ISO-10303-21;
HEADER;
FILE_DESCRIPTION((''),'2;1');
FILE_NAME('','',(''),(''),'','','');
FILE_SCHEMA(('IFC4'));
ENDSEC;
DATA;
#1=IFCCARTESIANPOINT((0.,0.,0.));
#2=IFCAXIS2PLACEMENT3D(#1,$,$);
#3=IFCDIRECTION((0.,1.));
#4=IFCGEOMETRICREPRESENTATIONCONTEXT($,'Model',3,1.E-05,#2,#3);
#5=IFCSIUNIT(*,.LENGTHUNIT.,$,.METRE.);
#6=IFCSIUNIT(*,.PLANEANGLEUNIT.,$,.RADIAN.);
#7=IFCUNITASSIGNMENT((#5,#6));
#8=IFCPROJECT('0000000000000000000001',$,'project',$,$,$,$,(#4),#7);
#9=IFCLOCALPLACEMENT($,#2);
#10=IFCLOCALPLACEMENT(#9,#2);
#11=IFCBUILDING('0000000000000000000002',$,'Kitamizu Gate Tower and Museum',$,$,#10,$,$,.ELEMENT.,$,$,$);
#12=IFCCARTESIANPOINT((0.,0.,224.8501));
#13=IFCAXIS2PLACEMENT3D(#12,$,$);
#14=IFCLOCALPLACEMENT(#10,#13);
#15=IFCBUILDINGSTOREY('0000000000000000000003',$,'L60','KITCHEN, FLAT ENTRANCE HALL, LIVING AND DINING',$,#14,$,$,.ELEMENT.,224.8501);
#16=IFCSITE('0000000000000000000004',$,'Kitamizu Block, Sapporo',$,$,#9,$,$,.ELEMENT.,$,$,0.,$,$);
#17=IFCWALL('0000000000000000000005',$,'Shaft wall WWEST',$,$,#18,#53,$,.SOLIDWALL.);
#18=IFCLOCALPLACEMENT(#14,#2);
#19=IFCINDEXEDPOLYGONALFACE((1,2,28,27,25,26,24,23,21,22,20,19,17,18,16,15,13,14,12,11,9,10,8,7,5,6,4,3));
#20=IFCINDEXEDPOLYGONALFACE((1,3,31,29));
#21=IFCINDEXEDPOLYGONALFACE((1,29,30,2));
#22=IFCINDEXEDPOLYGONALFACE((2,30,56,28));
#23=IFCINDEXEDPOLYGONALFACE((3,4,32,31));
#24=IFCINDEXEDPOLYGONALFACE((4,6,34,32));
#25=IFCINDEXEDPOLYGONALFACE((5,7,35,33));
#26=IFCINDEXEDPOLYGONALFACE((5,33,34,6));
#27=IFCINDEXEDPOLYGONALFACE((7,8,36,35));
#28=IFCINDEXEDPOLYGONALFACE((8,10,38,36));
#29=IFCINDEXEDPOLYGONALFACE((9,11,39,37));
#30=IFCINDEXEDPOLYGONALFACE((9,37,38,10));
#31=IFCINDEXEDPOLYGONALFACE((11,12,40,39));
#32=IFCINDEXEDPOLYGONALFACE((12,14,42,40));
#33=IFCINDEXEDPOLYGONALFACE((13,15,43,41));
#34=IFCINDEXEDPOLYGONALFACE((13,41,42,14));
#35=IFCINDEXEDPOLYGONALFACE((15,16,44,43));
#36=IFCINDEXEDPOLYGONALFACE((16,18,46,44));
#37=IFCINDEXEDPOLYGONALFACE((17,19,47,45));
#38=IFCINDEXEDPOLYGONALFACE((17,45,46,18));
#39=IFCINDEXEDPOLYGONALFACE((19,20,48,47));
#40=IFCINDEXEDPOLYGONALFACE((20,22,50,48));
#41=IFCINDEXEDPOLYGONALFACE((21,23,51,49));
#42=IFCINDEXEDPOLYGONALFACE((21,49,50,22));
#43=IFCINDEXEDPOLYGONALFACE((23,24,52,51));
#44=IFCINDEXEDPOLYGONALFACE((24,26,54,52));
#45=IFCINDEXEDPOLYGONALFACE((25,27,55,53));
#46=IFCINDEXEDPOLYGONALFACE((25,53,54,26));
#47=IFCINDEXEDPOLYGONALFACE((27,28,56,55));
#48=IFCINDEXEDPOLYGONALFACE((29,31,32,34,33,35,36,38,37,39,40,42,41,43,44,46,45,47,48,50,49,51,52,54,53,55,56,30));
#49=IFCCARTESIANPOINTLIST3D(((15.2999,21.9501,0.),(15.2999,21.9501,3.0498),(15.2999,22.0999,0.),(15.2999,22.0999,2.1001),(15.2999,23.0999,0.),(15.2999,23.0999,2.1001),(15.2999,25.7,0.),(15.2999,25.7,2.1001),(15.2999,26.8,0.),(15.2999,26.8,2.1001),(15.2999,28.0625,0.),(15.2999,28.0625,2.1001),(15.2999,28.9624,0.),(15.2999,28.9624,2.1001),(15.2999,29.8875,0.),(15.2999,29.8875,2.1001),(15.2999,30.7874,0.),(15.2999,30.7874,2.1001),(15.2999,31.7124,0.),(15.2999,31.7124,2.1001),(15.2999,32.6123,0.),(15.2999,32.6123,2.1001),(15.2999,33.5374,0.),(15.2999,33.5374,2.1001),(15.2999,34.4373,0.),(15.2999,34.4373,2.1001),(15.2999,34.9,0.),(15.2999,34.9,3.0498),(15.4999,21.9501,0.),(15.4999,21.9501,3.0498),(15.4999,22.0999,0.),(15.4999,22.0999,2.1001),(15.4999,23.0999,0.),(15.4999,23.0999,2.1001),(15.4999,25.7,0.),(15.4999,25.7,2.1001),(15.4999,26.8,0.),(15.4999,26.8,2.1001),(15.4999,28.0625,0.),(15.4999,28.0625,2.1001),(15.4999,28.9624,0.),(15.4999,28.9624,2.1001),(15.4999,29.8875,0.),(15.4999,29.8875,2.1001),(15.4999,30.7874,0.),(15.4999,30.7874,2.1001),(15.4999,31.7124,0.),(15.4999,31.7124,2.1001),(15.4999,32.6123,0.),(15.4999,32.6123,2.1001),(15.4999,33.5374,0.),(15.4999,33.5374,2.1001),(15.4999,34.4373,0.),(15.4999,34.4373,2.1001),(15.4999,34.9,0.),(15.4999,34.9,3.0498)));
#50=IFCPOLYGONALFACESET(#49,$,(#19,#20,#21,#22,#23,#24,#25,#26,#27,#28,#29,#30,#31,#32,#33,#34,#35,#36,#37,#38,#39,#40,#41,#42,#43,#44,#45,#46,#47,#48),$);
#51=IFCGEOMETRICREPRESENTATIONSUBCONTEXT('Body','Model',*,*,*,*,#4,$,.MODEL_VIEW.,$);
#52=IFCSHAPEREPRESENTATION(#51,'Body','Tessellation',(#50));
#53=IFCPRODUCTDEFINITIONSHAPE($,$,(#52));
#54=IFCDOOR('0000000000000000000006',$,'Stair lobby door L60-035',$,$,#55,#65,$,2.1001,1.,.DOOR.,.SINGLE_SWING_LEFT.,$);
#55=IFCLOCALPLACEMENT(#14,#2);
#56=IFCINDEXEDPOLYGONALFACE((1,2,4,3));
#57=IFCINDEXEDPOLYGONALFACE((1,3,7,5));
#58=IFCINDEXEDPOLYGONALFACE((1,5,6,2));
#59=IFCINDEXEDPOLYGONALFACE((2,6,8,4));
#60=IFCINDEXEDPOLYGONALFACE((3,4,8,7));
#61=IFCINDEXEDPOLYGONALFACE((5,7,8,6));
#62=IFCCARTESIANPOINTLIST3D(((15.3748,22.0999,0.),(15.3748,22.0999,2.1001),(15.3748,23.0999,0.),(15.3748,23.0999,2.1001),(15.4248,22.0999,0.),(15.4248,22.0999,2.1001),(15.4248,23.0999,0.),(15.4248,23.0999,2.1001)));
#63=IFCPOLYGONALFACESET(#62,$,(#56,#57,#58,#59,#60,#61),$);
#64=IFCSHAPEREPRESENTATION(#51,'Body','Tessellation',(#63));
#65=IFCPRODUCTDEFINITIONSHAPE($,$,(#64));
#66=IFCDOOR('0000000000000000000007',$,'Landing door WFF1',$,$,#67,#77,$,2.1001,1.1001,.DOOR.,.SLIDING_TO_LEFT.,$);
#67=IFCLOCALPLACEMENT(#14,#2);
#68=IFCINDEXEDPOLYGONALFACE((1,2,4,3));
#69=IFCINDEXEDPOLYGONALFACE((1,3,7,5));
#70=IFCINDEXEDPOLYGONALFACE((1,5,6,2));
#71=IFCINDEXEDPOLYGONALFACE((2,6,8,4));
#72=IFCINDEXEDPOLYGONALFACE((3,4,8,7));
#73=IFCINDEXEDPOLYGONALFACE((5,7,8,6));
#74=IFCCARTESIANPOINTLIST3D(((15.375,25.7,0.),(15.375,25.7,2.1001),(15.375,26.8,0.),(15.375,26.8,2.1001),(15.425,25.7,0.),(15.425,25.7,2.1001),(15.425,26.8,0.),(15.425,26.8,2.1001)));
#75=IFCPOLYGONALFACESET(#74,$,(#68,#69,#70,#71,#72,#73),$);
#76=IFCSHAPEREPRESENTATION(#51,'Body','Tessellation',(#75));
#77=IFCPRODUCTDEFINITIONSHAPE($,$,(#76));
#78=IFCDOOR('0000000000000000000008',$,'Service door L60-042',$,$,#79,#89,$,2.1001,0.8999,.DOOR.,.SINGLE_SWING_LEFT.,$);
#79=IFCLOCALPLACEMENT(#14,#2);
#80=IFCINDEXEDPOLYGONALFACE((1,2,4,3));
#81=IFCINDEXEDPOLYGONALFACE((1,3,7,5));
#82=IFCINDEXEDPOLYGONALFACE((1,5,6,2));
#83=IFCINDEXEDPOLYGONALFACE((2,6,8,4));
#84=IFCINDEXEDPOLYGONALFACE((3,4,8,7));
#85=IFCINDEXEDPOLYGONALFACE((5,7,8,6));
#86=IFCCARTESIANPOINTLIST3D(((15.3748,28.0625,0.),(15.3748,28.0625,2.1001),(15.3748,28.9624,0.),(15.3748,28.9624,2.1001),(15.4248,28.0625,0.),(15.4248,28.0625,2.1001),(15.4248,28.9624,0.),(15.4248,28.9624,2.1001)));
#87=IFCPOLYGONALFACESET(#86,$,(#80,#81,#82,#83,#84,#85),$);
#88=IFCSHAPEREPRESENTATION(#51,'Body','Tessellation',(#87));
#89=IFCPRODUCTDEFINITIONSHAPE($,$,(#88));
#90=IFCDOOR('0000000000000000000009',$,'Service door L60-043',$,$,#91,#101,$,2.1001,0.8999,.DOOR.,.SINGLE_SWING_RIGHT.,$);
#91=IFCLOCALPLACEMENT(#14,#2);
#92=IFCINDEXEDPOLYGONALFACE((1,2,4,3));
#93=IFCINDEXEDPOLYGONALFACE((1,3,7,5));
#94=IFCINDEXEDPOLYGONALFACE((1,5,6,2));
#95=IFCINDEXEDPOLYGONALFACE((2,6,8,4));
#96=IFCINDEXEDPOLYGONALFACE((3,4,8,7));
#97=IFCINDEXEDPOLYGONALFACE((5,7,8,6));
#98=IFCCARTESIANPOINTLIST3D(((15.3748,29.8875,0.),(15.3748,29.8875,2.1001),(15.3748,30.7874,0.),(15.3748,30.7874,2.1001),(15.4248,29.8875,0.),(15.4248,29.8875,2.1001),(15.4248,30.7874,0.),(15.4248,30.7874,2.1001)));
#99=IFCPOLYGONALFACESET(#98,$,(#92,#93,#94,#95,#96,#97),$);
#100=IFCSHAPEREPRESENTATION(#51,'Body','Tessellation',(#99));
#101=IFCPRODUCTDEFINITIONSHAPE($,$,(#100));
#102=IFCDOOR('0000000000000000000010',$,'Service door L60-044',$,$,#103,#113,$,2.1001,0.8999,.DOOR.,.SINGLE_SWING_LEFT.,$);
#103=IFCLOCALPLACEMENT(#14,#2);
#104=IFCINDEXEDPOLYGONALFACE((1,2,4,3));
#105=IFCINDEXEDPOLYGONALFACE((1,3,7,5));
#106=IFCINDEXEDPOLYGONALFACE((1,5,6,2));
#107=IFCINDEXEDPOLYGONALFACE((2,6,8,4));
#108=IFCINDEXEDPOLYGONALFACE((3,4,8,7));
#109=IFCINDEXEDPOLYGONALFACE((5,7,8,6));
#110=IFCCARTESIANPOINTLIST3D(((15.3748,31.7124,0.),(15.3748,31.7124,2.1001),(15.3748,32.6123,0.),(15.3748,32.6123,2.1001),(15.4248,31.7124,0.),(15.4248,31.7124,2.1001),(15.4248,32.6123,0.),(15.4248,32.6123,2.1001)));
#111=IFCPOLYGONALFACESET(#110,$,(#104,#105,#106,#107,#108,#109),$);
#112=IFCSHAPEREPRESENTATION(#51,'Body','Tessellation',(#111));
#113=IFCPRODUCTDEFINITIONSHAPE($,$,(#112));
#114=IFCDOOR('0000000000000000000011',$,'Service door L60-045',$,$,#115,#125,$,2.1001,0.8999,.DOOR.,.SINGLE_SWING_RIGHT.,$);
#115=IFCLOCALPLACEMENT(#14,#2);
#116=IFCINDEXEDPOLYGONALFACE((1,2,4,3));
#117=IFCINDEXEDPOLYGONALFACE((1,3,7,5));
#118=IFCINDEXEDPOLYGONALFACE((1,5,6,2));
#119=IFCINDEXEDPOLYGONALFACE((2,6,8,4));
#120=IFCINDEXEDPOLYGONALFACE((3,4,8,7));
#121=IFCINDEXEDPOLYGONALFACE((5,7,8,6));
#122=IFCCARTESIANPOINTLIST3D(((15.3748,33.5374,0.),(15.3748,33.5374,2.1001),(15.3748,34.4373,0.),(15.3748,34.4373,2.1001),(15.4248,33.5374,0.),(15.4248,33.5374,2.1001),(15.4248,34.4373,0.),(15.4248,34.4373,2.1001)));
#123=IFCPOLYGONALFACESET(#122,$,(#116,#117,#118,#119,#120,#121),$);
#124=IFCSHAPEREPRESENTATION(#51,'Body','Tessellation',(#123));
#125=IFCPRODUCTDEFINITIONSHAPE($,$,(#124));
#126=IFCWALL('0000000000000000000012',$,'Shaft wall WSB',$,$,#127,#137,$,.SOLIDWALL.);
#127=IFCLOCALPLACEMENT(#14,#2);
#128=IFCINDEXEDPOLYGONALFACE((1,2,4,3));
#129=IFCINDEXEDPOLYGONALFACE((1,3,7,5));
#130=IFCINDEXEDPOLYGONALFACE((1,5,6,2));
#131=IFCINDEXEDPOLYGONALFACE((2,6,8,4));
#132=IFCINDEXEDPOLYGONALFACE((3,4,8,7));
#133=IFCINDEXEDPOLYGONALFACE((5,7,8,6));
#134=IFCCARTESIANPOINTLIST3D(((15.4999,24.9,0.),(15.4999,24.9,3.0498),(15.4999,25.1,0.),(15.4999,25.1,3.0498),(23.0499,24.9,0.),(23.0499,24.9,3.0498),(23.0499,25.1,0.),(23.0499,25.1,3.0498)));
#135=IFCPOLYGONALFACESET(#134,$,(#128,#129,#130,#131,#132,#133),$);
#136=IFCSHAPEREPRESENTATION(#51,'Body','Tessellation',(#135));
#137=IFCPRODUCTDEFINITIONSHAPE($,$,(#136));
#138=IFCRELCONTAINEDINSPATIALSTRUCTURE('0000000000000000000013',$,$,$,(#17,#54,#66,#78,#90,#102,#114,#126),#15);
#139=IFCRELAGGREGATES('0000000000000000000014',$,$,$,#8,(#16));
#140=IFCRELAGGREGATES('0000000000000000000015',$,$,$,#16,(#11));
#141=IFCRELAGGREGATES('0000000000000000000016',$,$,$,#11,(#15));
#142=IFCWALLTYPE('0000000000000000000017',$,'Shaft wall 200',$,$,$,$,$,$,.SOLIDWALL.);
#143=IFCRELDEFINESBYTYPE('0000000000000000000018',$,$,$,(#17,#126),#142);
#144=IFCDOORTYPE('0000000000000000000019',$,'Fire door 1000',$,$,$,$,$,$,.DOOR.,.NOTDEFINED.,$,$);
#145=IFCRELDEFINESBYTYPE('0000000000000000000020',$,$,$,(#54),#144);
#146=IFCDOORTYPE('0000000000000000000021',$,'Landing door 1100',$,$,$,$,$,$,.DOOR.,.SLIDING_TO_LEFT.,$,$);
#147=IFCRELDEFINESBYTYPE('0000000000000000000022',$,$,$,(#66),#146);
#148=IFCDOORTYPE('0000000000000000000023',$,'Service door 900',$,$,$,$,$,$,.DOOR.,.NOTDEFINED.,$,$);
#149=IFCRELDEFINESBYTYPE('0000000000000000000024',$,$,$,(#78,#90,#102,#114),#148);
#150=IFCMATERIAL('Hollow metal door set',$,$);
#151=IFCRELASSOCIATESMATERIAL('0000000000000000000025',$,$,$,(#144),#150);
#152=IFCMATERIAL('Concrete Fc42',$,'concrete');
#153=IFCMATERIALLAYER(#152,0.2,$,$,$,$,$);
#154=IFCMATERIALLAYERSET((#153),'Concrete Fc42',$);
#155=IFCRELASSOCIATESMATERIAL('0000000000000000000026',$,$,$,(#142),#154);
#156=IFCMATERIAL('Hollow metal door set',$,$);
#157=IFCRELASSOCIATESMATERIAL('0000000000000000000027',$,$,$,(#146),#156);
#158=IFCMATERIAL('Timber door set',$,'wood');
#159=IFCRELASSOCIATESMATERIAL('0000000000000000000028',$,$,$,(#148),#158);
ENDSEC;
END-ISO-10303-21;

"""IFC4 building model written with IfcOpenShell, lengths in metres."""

from ifc_helpers import new_model, si_unit, direction, frame, frame_2d, origin, place, context, subcontext, project, spatial, rectangle, extrude, material, layer, layer_set, type_object, element, fill, save


model = new_model("IFC4")

# Units and contexts
model_context = context("Model", 3, precision=1e-05, world=origin(), true_north=direction((0.0, 1.0)))
body_context = subcontext(model_context, "Body", "Model", "MODEL_VIEW")
ifc_project = project(units=[si_unit("LENGTHUNIT", "METRE"), si_unit("PLANEANGLEUNIT", "RADIAN")], contexts=[model_context])

# Site, building, storey
site_placement = place(None, origin())
site = spatial("IfcSite", under=ifc_project, at=site_placement, Name="Kitamizu Block, Sapporo", CompositionType="ELEMENT", RefElevation=0.0)
building_placement = place(site_placement, origin())
building = spatial("IfcBuilding", under=site, at=building_placement, Name="Kitamizu Gate Tower and Museum", CompositionType="ELEMENT")
storey_placement = place(building_placement, frame((0.0, 0.0, 224.8501)))
storey = spatial("IfcBuildingStorey", under=building, at=storey_placement, Name="L60", Description="KITCHEN, FLAT ENTRANCE HALL, LIVING AND DINING", CompositionType="ELEMENT", Elevation=224.8501)

# Shared definitions
ifc_material_1 = material(Name="Hollow metal door set")
door_type_1 = type_object("IfcDoorType", Name="Fire door 1000", OperationType="NOTDEFINED", PredefinedType="DOOR", material=ifc_material_1)

# Wall, openings, doors
ifc_material_2 = material(Name="Concrete Fc42", Category="concrete")
ifc_layer_1 = layer(ifc_material_2, 0.2)
ifc_layer_set_1 = layer_set([ifc_layer_1], Name="Concrete Fc42")
wall_type_1 = type_object("IfcWallType", Name="Shaft wall 200", PredefinedType="SOLIDWALL", material=ifc_layer_set_1)
wall_1_placement = place(storey_placement, frame((15.3999, 21.95, 0.0), z_axis=(0.0, 0.0, 1.0), x_axis=(0.0, 1.0, 0.0)))
wall_1 = element("IfcWall", 1, at=wall_1_placement, inside=storey, type_object=wall_type_1, Name="Shaft wall WWEST", PredefinedType="SOLIDWALL", context=body_context, shape_type="SweptSolid", body=[
    extrude(rectangle(XDim=12.95, YDim=0.2, at=frame_2d((6.4751, 0.0))), origin(), (0.0, 0.0, 1.0), 3.0498),
])
opening_1_placement = place(wall_1_placement, frame((3.75, 0.0, 0.0)))
opening_1 = element("IfcOpeningElement", 2, at=opening_1_placement, cuts=wall_1, PredefinedType="OPENING", context=body_context, shape_type="SweptSolid", body=[
    extrude(rectangle(XDim=1.1001, YDim=2.1001, at=frame_2d((0.55, 1.05))), frame((0.0, 0.1099, 0.0), z_axis=(0.0, -1.0, 0.0), x_axis=(1.0, 0.0, 0.0)), (0.0, 0.0, 1.0), 0.22),
])
opening_2_placement = place(wall_1_placement, frame((0.1499, 0.0, 0.0)))
opening_2 = element("IfcOpeningElement", 3, at=opening_2_placement, cuts=wall_1, PredefinedType="OPENING", context=body_context, shape_type="SweptSolid", body=[
    extrude(rectangle(XDim=1.0, YDim=2.1001, at=frame_2d((0.5, 1.05))), frame((0.0, 0.1099, 0.0), z_axis=(0.0, -1.0, 0.0), x_axis=(1.0, 0.0, 0.0)), (0.0, 0.0, 1.0), 0.22),
])
opening_3_placement = place(wall_1_placement, frame((6.1125, 0.0, 0.0)))
opening_3 = element("IfcOpeningElement", 4, at=opening_3_placement, cuts=wall_1, PredefinedType="OPENING", context=body_context, shape_type="SweptSolid", body=[
    extrude(rectangle(XDim=0.8999, YDim=2.1001, at=frame_2d((0.45, 1.05))), frame((0.0, 0.1099, 0.0), z_axis=(0.0, -1.0, 0.0), x_axis=(1.0, 0.0, 0.0)), (0.0, 0.0, 1.0), 0.22),
])
opening_4_placement = place(wall_1_placement, frame((7.9375, 0.0, 0.0)))
opening_4 = element("IfcOpeningElement", 5, at=opening_4_placement, cuts=wall_1, PredefinedType="OPENING", context=body_context, shape_type="SweptSolid", body=[
    extrude(rectangle(XDim=0.8999, YDim=2.1001, at=frame_2d((0.45, 1.05))), frame((0.0, 0.1099, 0.0), z_axis=(0.0, -1.0, 0.0), x_axis=(1.0, 0.0, 0.0)), (0.0, 0.0, 1.0), 0.22),
])
opening_5_placement = place(wall_1_placement, frame((9.7625, 0.0, 0.0)))
opening_5 = element("IfcOpeningElement", 6, at=opening_5_placement, cuts=wall_1, PredefinedType="OPENING", context=body_context, shape_type="SweptSolid", body=[
    extrude(rectangle(XDim=0.8999, YDim=2.1001, at=frame_2d((0.45, 1.05))), frame((0.0, 0.1099, 0.0), z_axis=(0.0, -1.0, 0.0), x_axis=(1.0, 0.0, 0.0)), (0.0, 0.0, 1.0), 0.22),
])
opening_6_placement = place(wall_1_placement, frame((11.5874, 0.0, 0.0)))
opening_6 = element("IfcOpeningElement", 7, at=opening_6_placement, cuts=wall_1, PredefinedType="OPENING", context=body_context, shape_type="SweptSolid", body=[
    extrude(rectangle(XDim=0.8999, YDim=2.1001, at=frame_2d((0.45, 1.05))), frame((0.0, 0.1099, 0.0), z_axis=(0.0, -1.0, 0.0), x_axis=(1.0, 0.0, 0.0)), (0.0, 0.0, 1.0), 0.22),
])
door_1_placement = place(opening_2_placement, frame((1.0, 0.0, 0.0), x_axis=(-1.0, 0.0, 0.0)))
door_1 = element("IfcDoor", 8, at=door_1_placement, inside=storey, type_object=door_type_1, Name="Stair lobby door L60-035", OperationType="SINGLE_SWING_LEFT", OverallHeight=2.1001, OverallWidth=1.0, PredefinedType="DOOR", context=body_context, shape_type="SweptSolid", body=[
    extrude(rectangle(XDim=1.0, YDim=2.1001, at=frame_2d((0.5, 1.05))), frame((0.0, 0.0249, 0.0), z_axis=(0.0, -1.0, 0.0), x_axis=(1.0, 0.0, 0.0)), (0.0, 0.0, 1.0), 0.05),
])
fill(opening_2, door_1)
ifc_material_3 = material(Name="Hollow metal door set")
door_type_2 = type_object("IfcDoorType", Name="Landing door 1100", OperationType="SLIDING_TO_LEFT", PredefinedType="DOOR", material=ifc_material_3)
door_2_placement = place(opening_1_placement, origin())
door_2 = element("IfcDoor", 9, at=door_2_placement, inside=storey, type_object=door_type_2, Name="Landing door WFF1", OperationType="SLIDING_TO_LEFT", OverallHeight=2.1001, OverallWidth=1.1001, PredefinedType="DOOR", context=body_context, shape_type="SweptSolid", body=[
    extrude(rectangle(XDim=1.1001, YDim=2.1001, at=frame_2d((0.55, 1.05))), frame((0.0, 0.0249, 0.0), z_axis=(0.0, -1.0, 0.0), x_axis=(1.0, 0.0, 0.0)), (0.0, 0.0, 1.0), 0.05),
])
fill(opening_1, door_2)
ifc_material_4 = material(Name="Timber door set", Category="wood")
door_type_3 = type_object("IfcDoorType", Name="Service door 900", OperationType="NOTDEFINED", PredefinedType="DOOR", material=ifc_material_4)
door_3_placement = place(opening_3_placement, frame((0.8999, 0.0, 0.0), x_axis=(-1.0, 0.0, 0.0)))
door_3 = element("IfcDoor", 10, at=door_3_placement, inside=storey, type_object=door_type_3, Name="Service door L60-042", OperationType="SINGLE_SWING_LEFT", OverallHeight=2.1001, OverallWidth=0.8999, PredefinedType="DOOR", context=body_context, shape_type="SweptSolid", body=[
    extrude(rectangle(XDim=0.8999, YDim=2.1001, at=frame_2d((0.45, 1.05))), frame((0.0, 0.0249, 0.0), z_axis=(0.0, -1.0, 0.0), x_axis=(1.0, 0.0, 0.0)), (0.0, 0.0, 1.0), 0.05),
])
fill(opening_3, door_3)
door_4_placement = place(opening_4_placement, frame((0.8999, 0.0, 0.0), x_axis=(-1.0, 0.0, 0.0)))
door_4 = element("IfcDoor", 11, at=door_4_placement, inside=storey, type_object=door_type_3, Name="Service door L60-043", OperationType="SINGLE_SWING_RIGHT", OverallHeight=2.1001, OverallWidth=0.8999, PredefinedType="DOOR", context=body_context, shape_type="SweptSolid", body=[
    extrude(rectangle(XDim=0.8999, YDim=2.1001, at=frame_2d((0.45, 1.05))), frame((0.0, 0.0249, 0.0), z_axis=(0.0, -1.0, 0.0), x_axis=(1.0, 0.0, 0.0)), (0.0, 0.0, 1.0), 0.05),
])
fill(opening_4, door_4)
door_5_placement = place(opening_5_placement, frame((0.8999, 0.0, 0.0), x_axis=(-1.0, 0.0, 0.0)))
door_5 = element("IfcDoor", 12, at=door_5_placement, inside=storey, type_object=door_type_3, Name="Service door L60-044", OperationType="SINGLE_SWING_LEFT", OverallHeight=2.1001, OverallWidth=0.8999, PredefinedType="DOOR", context=body_context, shape_type="SweptSolid", body=[
    extrude(rectangle(XDim=0.8999, YDim=2.1001, at=frame_2d((0.45, 1.05))), frame((0.0, 0.0249, 0.0), z_axis=(0.0, -1.0, 0.0), x_axis=(1.0, 0.0, 0.0)), (0.0, 0.0, 1.0), 0.05),
])
fill(opening_5, door_5)
door_6_placement = place(opening_6_placement, frame((0.8999, 0.0, 0.0), x_axis=(-1.0, 0.0, 0.0)))
door_6 = element("IfcDoor", 13, at=door_6_placement, inside=storey, type_object=door_type_3, Name="Service door L60-045", OperationType="SINGLE_SWING_RIGHT", OverallHeight=2.1001, OverallWidth=0.8999, PredefinedType="DOOR", context=body_context, shape_type="SweptSolid", body=[
    extrude(rectangle(XDim=0.8999, YDim=2.1001, at=frame_2d((0.45, 1.05))), frame((0.0, 0.0249, 0.0), z_axis=(0.0, -1.0, 0.0), x_axis=(1.0, 0.0, 0.0)), (0.0, 0.0, 1.0), 0.05),
])
fill(opening_6, door_6)

# Wall
wall_2_placement = place(storey_placement, frame((15.5, 25.0, 0.0), z_axis=(0.0, 0.0, 1.0), x_axis=(1.0, 0.0, 0.0)))
element("IfcWall", 14, at=wall_2_placement, inside=storey, type_object=wall_type_1, Name="Shaft wall WSB", PredefinedType="SOLIDWALL", context=body_context, shape_type="SweptSolid", body=[
    extrude(rectangle(XDim=7.55, YDim=0.2, at=frame_2d((3.7749, 0.0))), origin(), (0.0, 0.0, 1.0), 3.0498),
])

save(model, "model.ifc")
